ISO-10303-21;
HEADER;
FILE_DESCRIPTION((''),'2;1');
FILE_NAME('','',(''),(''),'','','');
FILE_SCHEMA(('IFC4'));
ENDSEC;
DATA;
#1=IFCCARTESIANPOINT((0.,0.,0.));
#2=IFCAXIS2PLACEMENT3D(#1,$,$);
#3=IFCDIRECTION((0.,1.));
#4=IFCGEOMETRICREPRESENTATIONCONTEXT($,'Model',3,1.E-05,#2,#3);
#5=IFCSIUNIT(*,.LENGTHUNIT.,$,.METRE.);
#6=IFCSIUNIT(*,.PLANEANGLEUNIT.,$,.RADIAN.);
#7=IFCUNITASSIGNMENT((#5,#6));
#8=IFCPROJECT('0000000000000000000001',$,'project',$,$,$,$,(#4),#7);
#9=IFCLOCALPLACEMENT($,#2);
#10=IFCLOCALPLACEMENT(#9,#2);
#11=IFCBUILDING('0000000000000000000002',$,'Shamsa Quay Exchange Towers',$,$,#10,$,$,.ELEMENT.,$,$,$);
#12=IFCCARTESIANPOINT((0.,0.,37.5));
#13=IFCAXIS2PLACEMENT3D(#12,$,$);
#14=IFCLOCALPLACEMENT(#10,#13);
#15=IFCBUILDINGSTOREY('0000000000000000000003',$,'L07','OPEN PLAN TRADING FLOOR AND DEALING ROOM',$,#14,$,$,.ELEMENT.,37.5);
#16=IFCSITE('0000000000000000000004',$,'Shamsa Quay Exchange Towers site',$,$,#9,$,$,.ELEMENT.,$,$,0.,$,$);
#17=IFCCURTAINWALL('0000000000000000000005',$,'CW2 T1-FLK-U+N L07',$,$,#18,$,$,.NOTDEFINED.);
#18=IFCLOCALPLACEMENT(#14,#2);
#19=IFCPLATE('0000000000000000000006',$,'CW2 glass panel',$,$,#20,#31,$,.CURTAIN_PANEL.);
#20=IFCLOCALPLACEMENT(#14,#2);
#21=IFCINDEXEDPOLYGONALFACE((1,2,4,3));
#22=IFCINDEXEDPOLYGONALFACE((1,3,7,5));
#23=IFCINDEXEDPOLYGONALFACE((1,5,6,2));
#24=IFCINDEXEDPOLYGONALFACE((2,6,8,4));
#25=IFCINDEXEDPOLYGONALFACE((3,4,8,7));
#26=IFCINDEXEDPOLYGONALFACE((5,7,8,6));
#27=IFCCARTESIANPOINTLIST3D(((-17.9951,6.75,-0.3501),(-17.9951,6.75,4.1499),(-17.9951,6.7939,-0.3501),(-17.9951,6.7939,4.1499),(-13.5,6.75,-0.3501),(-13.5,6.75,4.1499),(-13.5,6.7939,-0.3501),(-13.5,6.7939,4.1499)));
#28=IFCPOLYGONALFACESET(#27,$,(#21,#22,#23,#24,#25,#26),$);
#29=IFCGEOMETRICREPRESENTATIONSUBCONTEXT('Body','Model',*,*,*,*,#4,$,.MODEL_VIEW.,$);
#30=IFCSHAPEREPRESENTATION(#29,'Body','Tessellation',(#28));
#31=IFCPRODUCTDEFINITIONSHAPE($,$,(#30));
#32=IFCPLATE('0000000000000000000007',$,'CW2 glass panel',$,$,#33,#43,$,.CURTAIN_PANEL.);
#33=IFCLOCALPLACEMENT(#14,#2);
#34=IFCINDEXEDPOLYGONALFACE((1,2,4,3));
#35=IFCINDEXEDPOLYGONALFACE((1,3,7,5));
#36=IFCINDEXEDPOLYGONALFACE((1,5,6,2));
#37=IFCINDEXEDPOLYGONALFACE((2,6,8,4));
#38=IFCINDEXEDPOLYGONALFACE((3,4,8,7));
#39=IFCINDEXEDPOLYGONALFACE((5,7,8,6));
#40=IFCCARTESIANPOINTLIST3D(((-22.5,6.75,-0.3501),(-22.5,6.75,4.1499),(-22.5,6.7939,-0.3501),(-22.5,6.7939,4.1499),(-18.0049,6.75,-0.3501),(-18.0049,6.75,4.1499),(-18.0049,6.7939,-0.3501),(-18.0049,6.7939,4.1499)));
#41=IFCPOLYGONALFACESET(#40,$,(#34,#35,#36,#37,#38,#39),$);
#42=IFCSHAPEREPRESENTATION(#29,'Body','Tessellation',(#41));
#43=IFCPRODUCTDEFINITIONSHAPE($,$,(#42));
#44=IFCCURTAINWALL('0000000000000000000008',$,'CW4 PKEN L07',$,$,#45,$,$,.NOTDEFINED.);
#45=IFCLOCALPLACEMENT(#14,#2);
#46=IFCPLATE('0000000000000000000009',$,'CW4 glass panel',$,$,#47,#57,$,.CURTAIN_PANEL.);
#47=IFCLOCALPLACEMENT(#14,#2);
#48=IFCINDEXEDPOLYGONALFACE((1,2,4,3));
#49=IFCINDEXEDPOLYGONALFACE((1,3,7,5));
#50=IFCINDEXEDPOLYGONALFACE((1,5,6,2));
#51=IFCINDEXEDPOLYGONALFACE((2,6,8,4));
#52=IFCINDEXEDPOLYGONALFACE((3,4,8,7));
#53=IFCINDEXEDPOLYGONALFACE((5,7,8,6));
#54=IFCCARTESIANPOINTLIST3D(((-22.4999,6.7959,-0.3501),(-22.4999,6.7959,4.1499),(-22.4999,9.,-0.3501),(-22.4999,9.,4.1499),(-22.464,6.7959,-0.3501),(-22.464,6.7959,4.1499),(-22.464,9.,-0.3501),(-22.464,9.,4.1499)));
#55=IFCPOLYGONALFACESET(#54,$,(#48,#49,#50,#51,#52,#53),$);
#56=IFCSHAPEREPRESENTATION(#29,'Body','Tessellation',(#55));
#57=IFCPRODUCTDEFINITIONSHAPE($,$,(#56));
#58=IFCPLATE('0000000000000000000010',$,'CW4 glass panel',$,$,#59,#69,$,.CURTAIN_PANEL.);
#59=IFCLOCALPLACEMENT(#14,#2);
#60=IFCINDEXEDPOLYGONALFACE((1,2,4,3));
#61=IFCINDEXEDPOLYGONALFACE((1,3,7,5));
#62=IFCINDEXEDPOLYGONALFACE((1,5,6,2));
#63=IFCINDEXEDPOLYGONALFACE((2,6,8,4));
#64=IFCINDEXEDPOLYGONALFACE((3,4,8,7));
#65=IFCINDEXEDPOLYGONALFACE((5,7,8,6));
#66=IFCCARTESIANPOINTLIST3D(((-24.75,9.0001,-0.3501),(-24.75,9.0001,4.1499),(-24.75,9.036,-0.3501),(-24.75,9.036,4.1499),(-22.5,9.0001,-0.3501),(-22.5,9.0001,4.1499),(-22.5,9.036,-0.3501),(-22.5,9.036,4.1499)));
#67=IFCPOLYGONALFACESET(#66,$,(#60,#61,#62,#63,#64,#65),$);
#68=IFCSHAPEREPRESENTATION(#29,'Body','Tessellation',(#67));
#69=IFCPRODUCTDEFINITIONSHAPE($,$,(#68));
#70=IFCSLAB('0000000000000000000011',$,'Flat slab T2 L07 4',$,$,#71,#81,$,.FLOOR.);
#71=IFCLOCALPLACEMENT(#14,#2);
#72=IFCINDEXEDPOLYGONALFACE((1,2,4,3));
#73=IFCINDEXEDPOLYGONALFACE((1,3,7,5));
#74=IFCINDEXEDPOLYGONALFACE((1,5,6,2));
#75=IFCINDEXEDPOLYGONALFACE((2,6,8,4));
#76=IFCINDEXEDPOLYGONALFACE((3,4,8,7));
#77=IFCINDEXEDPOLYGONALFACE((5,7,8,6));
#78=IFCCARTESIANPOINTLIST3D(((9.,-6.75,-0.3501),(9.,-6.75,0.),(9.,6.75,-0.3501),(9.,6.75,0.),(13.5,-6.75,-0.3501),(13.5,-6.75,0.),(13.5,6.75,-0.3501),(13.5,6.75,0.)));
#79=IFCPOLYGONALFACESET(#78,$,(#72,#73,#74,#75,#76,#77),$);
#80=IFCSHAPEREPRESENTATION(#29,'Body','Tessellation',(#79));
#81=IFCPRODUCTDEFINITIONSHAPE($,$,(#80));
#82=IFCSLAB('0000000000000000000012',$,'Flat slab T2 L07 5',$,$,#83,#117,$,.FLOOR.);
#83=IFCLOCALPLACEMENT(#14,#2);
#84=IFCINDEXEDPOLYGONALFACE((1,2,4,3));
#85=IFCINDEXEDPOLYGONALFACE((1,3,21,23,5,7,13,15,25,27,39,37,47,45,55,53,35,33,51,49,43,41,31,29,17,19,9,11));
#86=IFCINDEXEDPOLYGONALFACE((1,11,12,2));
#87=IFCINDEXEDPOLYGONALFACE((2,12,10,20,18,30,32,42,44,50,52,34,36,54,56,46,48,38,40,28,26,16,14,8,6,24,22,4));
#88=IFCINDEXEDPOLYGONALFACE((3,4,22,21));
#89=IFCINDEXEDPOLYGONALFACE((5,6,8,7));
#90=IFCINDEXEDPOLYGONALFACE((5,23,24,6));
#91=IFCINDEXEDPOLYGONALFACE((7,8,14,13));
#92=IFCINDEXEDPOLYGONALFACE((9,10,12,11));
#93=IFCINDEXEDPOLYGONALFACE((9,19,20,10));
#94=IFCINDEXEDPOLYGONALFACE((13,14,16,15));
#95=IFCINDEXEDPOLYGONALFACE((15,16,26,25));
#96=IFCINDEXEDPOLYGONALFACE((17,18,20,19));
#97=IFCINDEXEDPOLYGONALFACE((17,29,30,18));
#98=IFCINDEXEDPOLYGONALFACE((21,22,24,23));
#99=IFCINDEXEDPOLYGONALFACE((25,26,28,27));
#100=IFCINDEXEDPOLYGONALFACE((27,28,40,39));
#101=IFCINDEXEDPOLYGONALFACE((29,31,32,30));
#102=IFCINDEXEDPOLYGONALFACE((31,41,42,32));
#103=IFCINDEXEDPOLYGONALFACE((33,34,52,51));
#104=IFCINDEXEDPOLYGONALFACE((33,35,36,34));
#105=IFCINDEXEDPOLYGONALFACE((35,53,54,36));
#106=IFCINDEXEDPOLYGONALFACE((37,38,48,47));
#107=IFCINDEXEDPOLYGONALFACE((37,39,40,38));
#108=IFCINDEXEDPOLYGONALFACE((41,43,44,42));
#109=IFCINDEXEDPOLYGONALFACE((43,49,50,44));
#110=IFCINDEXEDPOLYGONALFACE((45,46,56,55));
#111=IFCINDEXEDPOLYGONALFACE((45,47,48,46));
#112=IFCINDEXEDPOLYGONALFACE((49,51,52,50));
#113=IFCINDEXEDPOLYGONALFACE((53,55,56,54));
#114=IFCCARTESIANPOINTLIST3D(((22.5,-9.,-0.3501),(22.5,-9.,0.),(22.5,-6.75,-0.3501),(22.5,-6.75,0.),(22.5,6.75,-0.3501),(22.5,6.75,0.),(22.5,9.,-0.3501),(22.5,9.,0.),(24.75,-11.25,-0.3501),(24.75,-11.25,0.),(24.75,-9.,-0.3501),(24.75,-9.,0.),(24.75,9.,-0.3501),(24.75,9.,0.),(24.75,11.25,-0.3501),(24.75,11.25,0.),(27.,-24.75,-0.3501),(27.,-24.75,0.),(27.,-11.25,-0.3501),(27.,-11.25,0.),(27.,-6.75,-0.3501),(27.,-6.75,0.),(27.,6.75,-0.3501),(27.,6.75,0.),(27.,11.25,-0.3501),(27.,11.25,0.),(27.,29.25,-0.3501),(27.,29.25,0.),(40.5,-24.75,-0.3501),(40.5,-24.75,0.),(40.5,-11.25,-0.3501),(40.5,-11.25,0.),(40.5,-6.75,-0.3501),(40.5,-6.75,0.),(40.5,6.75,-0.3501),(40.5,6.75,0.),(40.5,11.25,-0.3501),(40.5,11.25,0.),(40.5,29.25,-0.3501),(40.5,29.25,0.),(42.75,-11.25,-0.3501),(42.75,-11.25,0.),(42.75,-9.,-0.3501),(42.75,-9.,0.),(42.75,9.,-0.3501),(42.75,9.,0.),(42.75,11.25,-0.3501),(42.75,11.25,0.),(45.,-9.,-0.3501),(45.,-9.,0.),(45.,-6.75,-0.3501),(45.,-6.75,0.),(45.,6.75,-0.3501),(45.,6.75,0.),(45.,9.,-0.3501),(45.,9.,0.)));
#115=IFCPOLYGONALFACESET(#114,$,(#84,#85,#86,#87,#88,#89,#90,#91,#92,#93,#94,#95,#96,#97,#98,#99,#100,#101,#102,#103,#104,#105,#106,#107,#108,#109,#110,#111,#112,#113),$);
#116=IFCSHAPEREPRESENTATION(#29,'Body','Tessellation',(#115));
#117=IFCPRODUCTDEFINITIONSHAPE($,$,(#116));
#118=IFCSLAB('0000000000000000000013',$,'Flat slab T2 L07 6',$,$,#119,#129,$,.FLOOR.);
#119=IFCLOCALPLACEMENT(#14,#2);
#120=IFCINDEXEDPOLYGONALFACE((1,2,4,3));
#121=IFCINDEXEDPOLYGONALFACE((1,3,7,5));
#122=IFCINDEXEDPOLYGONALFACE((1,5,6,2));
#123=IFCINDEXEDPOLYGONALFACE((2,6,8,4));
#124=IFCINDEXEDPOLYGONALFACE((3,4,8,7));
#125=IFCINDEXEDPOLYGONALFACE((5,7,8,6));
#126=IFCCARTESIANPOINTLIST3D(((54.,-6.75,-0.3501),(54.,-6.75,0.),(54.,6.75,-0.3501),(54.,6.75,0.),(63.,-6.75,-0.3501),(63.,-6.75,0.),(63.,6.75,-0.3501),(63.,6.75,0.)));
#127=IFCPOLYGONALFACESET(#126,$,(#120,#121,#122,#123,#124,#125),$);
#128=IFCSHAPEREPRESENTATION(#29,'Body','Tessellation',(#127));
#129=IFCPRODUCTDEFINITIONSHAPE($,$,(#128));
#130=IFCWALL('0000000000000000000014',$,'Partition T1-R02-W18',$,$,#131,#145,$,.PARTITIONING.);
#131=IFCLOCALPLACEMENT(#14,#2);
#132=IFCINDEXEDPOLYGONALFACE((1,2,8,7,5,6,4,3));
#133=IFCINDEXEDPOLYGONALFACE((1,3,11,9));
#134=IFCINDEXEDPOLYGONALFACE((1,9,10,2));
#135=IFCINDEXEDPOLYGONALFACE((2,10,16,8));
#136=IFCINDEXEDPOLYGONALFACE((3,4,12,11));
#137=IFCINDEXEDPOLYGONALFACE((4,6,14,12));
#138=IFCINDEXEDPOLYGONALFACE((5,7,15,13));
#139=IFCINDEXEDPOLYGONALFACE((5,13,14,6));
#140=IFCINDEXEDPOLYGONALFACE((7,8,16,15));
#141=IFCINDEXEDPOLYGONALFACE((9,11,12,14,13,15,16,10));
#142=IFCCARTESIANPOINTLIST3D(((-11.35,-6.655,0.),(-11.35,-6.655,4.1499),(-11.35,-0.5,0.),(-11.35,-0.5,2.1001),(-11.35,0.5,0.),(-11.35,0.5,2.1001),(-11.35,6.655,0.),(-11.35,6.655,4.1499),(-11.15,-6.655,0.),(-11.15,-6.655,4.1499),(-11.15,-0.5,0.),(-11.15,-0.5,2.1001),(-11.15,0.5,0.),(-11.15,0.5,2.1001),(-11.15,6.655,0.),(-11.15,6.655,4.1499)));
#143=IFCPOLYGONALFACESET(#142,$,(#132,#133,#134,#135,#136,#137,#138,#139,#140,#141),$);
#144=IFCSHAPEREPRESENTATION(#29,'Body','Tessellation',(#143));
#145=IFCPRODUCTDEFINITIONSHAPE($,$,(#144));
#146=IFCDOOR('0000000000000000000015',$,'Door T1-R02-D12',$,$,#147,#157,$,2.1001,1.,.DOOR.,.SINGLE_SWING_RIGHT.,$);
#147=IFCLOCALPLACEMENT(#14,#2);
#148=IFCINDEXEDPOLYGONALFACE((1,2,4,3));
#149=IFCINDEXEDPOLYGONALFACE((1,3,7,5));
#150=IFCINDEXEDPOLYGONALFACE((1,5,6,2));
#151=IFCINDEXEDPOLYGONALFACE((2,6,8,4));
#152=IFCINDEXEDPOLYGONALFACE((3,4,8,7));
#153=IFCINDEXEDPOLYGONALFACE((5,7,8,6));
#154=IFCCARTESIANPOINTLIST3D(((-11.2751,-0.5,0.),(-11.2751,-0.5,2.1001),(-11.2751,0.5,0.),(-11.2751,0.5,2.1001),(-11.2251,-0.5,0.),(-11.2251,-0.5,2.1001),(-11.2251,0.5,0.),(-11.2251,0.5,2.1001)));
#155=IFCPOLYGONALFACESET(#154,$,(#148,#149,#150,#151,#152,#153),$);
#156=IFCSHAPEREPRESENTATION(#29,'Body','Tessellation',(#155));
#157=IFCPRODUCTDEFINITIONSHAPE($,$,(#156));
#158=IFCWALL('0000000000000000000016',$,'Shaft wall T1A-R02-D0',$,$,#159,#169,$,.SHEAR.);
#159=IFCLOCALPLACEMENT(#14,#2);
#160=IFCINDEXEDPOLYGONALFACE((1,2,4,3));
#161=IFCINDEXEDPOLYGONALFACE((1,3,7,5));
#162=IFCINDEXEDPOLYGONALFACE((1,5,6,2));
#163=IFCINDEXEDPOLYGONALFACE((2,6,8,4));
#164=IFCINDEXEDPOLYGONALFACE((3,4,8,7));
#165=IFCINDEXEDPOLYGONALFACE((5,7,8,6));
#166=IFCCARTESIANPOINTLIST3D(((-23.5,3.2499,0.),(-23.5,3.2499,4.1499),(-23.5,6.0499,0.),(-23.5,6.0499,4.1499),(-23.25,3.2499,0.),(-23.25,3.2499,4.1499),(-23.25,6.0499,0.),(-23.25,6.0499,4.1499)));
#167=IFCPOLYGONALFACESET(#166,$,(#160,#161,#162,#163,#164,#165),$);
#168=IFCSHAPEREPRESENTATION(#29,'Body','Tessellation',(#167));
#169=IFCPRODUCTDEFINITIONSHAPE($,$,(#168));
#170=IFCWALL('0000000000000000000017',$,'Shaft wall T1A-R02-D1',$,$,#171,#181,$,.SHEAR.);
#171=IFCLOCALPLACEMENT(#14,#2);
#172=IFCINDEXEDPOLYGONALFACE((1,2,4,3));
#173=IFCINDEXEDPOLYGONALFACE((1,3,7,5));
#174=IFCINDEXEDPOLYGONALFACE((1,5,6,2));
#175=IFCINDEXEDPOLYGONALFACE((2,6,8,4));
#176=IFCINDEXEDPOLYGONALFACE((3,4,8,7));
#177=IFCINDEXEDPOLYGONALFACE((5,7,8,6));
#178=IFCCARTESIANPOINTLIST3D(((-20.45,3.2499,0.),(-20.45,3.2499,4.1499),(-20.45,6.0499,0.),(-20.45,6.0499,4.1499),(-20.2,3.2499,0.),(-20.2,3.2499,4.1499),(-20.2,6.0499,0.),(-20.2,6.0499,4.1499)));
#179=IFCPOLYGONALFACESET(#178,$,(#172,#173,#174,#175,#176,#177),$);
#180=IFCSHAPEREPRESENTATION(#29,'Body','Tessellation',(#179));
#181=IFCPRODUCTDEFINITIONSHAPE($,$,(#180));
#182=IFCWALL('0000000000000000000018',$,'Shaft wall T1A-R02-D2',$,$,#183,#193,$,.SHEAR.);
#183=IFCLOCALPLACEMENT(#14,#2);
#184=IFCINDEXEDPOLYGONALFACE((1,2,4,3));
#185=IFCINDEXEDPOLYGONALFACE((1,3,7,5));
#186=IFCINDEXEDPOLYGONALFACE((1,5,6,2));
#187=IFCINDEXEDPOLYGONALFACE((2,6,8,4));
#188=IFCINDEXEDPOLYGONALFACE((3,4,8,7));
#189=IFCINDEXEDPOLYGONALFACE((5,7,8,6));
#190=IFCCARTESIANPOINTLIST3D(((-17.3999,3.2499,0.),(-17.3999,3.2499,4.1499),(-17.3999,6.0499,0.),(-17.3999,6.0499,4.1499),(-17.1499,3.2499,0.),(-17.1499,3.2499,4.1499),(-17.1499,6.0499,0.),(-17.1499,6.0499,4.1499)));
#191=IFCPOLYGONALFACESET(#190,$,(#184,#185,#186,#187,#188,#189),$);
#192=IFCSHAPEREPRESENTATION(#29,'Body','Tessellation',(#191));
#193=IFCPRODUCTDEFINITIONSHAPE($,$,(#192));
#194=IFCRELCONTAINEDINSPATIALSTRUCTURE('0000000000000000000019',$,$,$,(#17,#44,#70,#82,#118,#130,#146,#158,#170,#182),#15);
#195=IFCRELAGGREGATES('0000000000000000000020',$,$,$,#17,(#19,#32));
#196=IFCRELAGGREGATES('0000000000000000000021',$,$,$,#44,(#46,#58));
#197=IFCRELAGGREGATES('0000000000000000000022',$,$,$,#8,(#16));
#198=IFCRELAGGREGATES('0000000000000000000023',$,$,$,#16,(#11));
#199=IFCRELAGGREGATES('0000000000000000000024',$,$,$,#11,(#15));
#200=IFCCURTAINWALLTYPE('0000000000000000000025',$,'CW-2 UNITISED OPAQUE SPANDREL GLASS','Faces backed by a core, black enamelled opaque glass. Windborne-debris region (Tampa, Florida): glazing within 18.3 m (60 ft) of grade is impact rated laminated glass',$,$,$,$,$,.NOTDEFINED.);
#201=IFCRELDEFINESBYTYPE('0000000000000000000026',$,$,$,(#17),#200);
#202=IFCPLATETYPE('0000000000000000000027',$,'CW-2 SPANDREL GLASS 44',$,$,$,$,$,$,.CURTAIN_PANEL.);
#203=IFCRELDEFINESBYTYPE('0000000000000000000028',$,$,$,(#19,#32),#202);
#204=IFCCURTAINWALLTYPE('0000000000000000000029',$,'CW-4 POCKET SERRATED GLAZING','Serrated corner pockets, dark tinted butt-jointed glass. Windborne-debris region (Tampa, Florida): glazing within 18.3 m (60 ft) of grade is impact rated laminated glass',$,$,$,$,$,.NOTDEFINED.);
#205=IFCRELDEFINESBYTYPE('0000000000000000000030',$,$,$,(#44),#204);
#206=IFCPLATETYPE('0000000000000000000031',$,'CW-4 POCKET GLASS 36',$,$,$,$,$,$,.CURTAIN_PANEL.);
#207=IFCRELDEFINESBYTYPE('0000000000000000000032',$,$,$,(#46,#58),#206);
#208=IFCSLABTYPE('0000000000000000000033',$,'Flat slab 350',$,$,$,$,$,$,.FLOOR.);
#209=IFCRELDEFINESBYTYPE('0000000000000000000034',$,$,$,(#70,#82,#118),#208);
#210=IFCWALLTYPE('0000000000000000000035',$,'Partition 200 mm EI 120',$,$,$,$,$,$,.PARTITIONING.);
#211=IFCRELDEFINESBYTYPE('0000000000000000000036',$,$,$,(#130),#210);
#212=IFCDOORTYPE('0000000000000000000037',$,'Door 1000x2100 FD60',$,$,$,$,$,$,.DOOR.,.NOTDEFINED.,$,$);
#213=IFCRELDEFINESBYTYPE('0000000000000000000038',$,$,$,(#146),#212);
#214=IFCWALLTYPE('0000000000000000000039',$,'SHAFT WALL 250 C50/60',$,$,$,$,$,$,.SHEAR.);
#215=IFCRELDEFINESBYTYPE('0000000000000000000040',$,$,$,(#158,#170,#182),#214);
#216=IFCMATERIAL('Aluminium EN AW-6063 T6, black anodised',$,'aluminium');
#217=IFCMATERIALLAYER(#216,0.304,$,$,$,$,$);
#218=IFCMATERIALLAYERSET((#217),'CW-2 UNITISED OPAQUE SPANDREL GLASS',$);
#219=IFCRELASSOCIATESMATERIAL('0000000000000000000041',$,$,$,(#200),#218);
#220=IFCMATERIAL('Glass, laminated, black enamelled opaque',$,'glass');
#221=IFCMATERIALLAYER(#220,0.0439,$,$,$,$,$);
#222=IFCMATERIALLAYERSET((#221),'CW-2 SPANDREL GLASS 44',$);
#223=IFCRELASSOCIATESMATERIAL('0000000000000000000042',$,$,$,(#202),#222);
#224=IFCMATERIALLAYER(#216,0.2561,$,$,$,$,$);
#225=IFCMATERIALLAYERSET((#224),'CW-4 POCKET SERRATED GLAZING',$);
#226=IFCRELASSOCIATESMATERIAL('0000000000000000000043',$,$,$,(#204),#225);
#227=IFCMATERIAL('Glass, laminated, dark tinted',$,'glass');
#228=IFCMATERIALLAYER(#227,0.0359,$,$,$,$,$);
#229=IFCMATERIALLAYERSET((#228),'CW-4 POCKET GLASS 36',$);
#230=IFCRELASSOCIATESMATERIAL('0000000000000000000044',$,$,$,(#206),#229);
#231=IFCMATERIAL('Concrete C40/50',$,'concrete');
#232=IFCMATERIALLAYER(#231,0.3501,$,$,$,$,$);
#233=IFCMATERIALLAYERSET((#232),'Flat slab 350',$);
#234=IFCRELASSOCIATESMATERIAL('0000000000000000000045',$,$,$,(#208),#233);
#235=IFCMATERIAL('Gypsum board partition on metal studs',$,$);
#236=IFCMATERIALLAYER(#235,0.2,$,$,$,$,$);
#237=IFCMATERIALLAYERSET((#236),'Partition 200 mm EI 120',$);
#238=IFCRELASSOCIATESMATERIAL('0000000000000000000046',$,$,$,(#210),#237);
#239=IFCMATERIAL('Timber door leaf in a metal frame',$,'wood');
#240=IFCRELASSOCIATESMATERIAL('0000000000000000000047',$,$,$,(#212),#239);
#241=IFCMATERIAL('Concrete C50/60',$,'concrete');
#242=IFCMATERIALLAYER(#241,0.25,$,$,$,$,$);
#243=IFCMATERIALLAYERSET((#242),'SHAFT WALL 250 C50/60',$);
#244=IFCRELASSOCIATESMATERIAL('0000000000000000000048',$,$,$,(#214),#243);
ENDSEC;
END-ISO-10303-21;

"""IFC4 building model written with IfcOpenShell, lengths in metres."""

from ifc_helpers import new_model, si_unit, direction, frame, frame_2d, origin, origin_2d, place, context, subcontext, project, spatial, polyline, rectangle, outline, extrude, material, layer, layer_set, type_object, element, fill, aggregate, save


model = new_model("IFC4")

# Units and contexts
model_context = context("Model", 3, precision=1e-05, world=origin(), true_north=direction((0.0, 1.0)))
body_context = subcontext(model_context, "Body", "Model", "MODEL_VIEW")
ifc_project = project(units=[si_unit("LENGTHUNIT", "METRE"), si_unit("PLANEANGLEUNIT", "RADIAN")], contexts=[model_context])

# Site, building, storey
site_placement = place(None, origin())
site = spatial("IfcSite", under=ifc_project, at=site_placement, Name="Shamsa Quay Exchange Towers site", CompositionType="ELEMENT", RefElevation=0.0)
building_placement = place(site_placement, origin())
building = spatial("IfcBuilding", under=site, at=building_placement, Name="Shamsa Quay Exchange Towers", CompositionType="ELEMENT")
storey_placement = place(building_placement, frame((0.0, 0.0, 37.5)))
storey = spatial("IfcBuildingStorey", under=building, at=storey_placement, Name="L07", Description="OPEN PLAN TRADING FLOOR AND DEALING ROOM", CompositionType="ELEMENT", Elevation=37.5)

# Shared definitions
ifc_material_1 = material(Name="Aluminium EN AW-6063 T6, black anodised", Category="aluminium")

# Shared definitions
ifc_material_2 = material(Name="Concrete C50/60", Category="concrete")

# Shared definitions
ifc_material_3 = material(Name="Concrete C40/50", Category="concrete")

# Shared definitions
ifc_material_4 = material(Name="Glass, laminated, dark tinted", Category="glass")

# Curtain walls, plates
ifc_layer_1 = layer(ifc_material_1, 0.304)
ifc_layer_set_1 = layer_set([ifc_layer_1], Name="CW-2 UNITISED OPAQUE SPANDREL GLASS")
curtain_wall_type_1 = type_object("IfcCurtainWallType", Name="CW-2 UNITISED OPAQUE SPANDREL GLASS", Description="Faces backed by a core, black enamelled opaque glass. Windborne-debris region (Tampa, Florida): glazing within 18.3 m (60 ft) of grade is impact rated laminated glass", PredefinedType="NOTDEFINED", material=ifc_layer_set_1)
curtain_wall_1_placement = place(storey_placement, origin())
curtain_wall_1 = element("IfcCurtainWall", 1, at=curtain_wall_1_placement, inside=storey, type_object=curtain_wall_type_1, Name="CW2 T1-FLK-U+N L07", PredefinedType="NOTDEFINED")
ifc_material_5 = material(Name="Glass, laminated, black enamelled opaque", Category="glass")
ifc_layer_2 = layer(ifc_material_5, 0.0439)
ifc_layer_set_2 = layer_set([ifc_layer_2], Name="CW-2 SPANDREL GLASS 44")
plate_type_1 = type_object("IfcPlateType", Name="CW-2 SPANDREL GLASS 44", PredefinedType="CURTAIN_PANEL", material=ifc_layer_set_2)
plate_1_placement = place(storey_placement, frame((-15.7476, 6.772, -0.3501), z_axis=(0.0, 0.0, 1.0), x_axis=(-1.0, 0.0, 0.0)))
plate_1 = element("IfcPlate", 2, at=plate_1_placement, type_object=plate_type_1, Name="CW2 glass panel", PredefinedType="CURTAIN_PANEL", context=body_context, shape_type="SweptSolid", body=[
    extrude(rectangle(XDim=4.4951, YDim=0.0439, at=origin_2d()), origin(), (0.0, 0.0, 1.0), 4.5),
])
plate_2_placement = place(storey_placement, frame((-20.2524, 6.772, -0.3501), z_axis=(0.0, 0.0, 1.0), x_axis=(-1.0, 0.0, 0.0)))
plate_2 = element("IfcPlate", 3, at=plate_2_placement, type_object=plate_type_1, Name="CW2 glass panel", PredefinedType="CURTAIN_PANEL", context=body_context, shape_type="SweptSolid", body=[
    extrude(rectangle(XDim=4.4951, YDim=0.0439, at=origin_2d()), origin(), (0.0, 0.0, 1.0), 4.5),
])
aggregate(curtain_wall_1, [plate_1, plate_2])
ifc_layer_3 = layer(ifc_material_1, 0.2561)
ifc_layer_set_3 = layer_set([ifc_layer_3], Name="CW-4 POCKET SERRATED GLAZING")
curtain_wall_type_2 = type_object("IfcCurtainWallType", Name="CW-4 POCKET SERRATED GLAZING", Description="Serrated corner pockets, dark tinted butt-jointed glass. Windborne-debris region (Tampa, Florida): glazing within 18.3 m (60 ft) of grade is impact rated laminated glass", PredefinedType="NOTDEFINED", material=ifc_layer_set_3)
curtain_wall_2_placement = place(storey_placement, origin())
curtain_wall_2 = element("IfcCurtainWall", 4, at=curtain_wall_2_placement, inside=storey, type_object=curtain_wall_type_2, Name="CW4 PKEN L07", PredefinedType="NOTDEFINED")
ifc_layer_4 = layer(ifc_material_4, 0.0359)
ifc_layer_set_4 = layer_set([ifc_layer_4], Name="CW-4 POCKET GLASS 36")
plate_type_2 = type_object("IfcPlateType", Name="CW-4 POCKET GLASS 36", PredefinedType="CURTAIN_PANEL", material=ifc_layer_set_4)
plate_3_placement = place(storey_placement, frame((-22.4819, 7.8979, -0.3501), z_axis=(0.0, 0.0, 1.0), x_axis=(0.0, 1.0, 0.0)))
plate_3 = element("IfcPlate", 5, at=plate_3_placement, type_object=plate_type_2, Name="CW4 glass panel", PredefinedType="CURTAIN_PANEL", context=body_context, shape_type="SweptSolid", body=[
    extrude(rectangle(XDim=2.2041, YDim=0.0359, at=origin_2d()), origin(), (0.0, 0.0, 1.0), 4.5),
])
plate_4_placement = place(storey_placement, frame((-23.625, 9.0181, -0.3501), z_axis=(0.0, 0.0, 1.0), x_axis=(-1.0, 0.0, 0.0)))
plate_4 = element("IfcPlate", 6, at=plate_4_placement, type_object=plate_type_2, Name="CW4 glass panel", PredefinedType="CURTAIN_PANEL", context=body_context, shape_type="SweptSolid", body=[
    extrude(rectangle(XDim=2.25, YDim=0.0359, at=origin_2d()), origin(), (0.0, 0.0, 1.0), 4.5),
])
aggregate(curtain_wall_2, [plate_3, plate_4])

# Slabs
ifc_layer_5 = layer(ifc_material_3, 0.3501)
ifc_layer_set_5 = layer_set([ifc_layer_5], Name="Flat slab 350")
slab_type_1 = type_object("IfcSlabType", Name="Flat slab 350", PredefinedType="FLOOR", material=ifc_layer_set_5)
slab_1_placement = place(storey_placement, frame((0.0, 0.0, -0.3501)))
element("IfcSlab", 7, at=slab_1_placement, inside=storey, type_object=slab_type_1, Name="Flat slab T2 L07 4", PredefinedType="FLOOR", context=body_context, shape_type="SweptSolid", body=[
    extrude(outline(polyline([(9.0, -6.75), (13.5, -6.75), (13.5, 6.75), (9.0, 6.75), (9.0, -6.75)])), origin(), (0.0, 0.0, 1.0), 0.3501),
])
slab_2_placement = place(storey_placement, frame((0.0, 0.0, -0.3501)))
element("IfcSlab", 8, at=slab_2_placement, inside=storey, type_object=slab_type_1, Name="Flat slab T2 L07 5", PredefinedType="FLOOR", context=body_context, shape_type="SweptSolid", body=[
    extrude(outline(polyline([(45.0, -9.0), (45.0, -6.75), (40.5, -6.75), (40.5, 6.75), (45.0, 6.75), (45.0, 9.0), (42.75, 9.0), (42.75, 11.25), (40.5, 11.25), (40.5, 29.25), (27.0, 29.25), (27.0, 11.25), (24.75, 11.25), (24.75, 9.0), (22.5, 9.0), (22.5, 6.75), (27.0, 6.75), (27.0, -6.75), (22.5, -6.75), (22.5, -9.0), (24.75, -9.0), (24.75, -11.25), (27.0, -11.25), (27.0, -24.75), (40.5, -24.75), (40.5, -11.25), (42.75, -11.25), (42.75, -9.0), (45.0, -9.0)])), origin(), (0.0, 0.0, 1.0), 0.3501),
])
slab_3_placement = place(storey_placement, frame((0.0, 0.0, -0.3501)))
element("IfcSlab", 9, at=slab_3_placement, inside=storey, type_object=slab_type_1, Name="Flat slab T2 L07 6", PredefinedType="FLOOR", context=body_context, shape_type="SweptSolid", body=[
    extrude(outline(polyline([(63.0, 6.75), (54.0, 6.75), (54.0, -6.75), (63.0, -6.75), (63.0, 6.75)])), origin(), (0.0, 0.0, 1.0), 0.3501),
])

# Wall, opening, door
ifc_material_6 = material(Name="Gypsum board partition on metal studs")
ifc_layer_6 = layer(ifc_material_6, 0.2)
ifc_layer_set_6 = layer_set([ifc_layer_6], Name="Partition 200 mm EI 120")
wall_type_1 = type_object("IfcWallType", Name="Partition 200 mm EI 120", PredefinedType="PARTITIONING", material=ifc_layer_set_6)
wall_1_placement = place(storey_placement, frame((-11.25, 6.655, 0.0), z_axis=(0.0, 0.0, 1.0), x_axis=(0.0, -1.0, 0.0)))
wall_1 = element("IfcWall", 10, at=wall_1_placement, inside=storey, type_object=wall_type_1, Name="Partition T1-R02-W18", PredefinedType="PARTITIONING", context=body_context, shape_type="SweptSolid", body=[
    extrude(rectangle(XDim=13.3101, YDim=0.2, at=frame_2d((6.655, 0.0))), origin(), (0.0, 0.0, 1.0), 4.1499),
])
opening_1_placement = place(wall_1_placement, frame((6.155, 0.0, 0.0)))
opening_1 = element("IfcOpeningElement", 11, at=opening_1_placement, cuts=wall_1, PredefinedType="OPENING", context=body_context, shape_type="SweptSolid", body=[
    extrude(rectangle(XDim=1.0, YDim=2.1001, at=frame_2d((0.5, 1.05))), frame((0.0, 0.1099, 0.0), z_axis=(0.0, -1.0, 0.0), x_axis=(1.0, 0.0, 0.0)), (0.0, 0.0, 1.0), 0.22),
])
ifc_material_7 = material(Name="Timber door leaf in a metal frame", Category="wood")
door_type_1 = type_object("IfcDoorType", Name="Door 1000x2100 FD60", OperationType="NOTDEFINED", PredefinedType="DOOR", material=ifc_material_7)
door_1_placement = place(opening_1_placement, origin())
door_1 = element("IfcDoor", 12, at=door_1_placement, inside=storey, type_object=door_type_1, Name="Door T1-R02-D12", OperationType="SINGLE_SWING_RIGHT", OverallHeight=2.1001, OverallWidth=1.0, PredefinedType="DOOR", context=body_context, shape_type="SweptSolid", body=[
    extrude(rectangle(XDim=1.0, YDim=2.1001, at=frame_2d((0.5, 1.05))), frame((0.0, 0.0249, 0.0), z_axis=(0.0, -1.0, 0.0), x_axis=(1.0, 0.0, 0.0)), (0.0, 0.0, 1.0), 0.05),
])
fill(opening_1, door_1)

# Walls
ifc_layer_7 = layer(ifc_material_2, 0.25)
ifc_layer_set_7 = layer_set([ifc_layer_7], Name="SHAFT WALL 250 C50/60")
wall_type_2 = type_object("IfcWallType", Name="SHAFT WALL 250 C50/60", PredefinedType="SHEAR", material=ifc_layer_set_7)
for number, where, z_axis, x_axis, name in (
    (13, (-23.375, 3.25, 0.0), (0.0, 0.0, 1.0), (0.0, 1.0, 0.0), "Shaft wall T1A-R02-D0"),
    (14, (-20.325, 3.25, 0.0), (0.0, 0.0, 1.0), (0.0, 1.0, 0.0), "Shaft wall T1A-R02-D1"),
    (15, (-17.2749, 3.25, 0.0), (0.0, 0.0, 1.0), (0.0, 1.0, 0.0), "Shaft wall T1A-R02-D2"),
):
    element("IfcWall", number, at=place(storey_placement, frame(where, z_axis=z_axis, x_axis=x_axis)), inside=storey, type_object=wall_type_2, Name=name, PredefinedType="SHEAR", context=body_context, shape_type="SweptSolid", body=[
        extrude(rectangle(XDim=2.8, YDim=0.25, at=frame_2d((1.3999, 0.0))), origin(), (0.0, 0.0, 1.0), 4.1499),
    ])

save(model, "model.ifc")
